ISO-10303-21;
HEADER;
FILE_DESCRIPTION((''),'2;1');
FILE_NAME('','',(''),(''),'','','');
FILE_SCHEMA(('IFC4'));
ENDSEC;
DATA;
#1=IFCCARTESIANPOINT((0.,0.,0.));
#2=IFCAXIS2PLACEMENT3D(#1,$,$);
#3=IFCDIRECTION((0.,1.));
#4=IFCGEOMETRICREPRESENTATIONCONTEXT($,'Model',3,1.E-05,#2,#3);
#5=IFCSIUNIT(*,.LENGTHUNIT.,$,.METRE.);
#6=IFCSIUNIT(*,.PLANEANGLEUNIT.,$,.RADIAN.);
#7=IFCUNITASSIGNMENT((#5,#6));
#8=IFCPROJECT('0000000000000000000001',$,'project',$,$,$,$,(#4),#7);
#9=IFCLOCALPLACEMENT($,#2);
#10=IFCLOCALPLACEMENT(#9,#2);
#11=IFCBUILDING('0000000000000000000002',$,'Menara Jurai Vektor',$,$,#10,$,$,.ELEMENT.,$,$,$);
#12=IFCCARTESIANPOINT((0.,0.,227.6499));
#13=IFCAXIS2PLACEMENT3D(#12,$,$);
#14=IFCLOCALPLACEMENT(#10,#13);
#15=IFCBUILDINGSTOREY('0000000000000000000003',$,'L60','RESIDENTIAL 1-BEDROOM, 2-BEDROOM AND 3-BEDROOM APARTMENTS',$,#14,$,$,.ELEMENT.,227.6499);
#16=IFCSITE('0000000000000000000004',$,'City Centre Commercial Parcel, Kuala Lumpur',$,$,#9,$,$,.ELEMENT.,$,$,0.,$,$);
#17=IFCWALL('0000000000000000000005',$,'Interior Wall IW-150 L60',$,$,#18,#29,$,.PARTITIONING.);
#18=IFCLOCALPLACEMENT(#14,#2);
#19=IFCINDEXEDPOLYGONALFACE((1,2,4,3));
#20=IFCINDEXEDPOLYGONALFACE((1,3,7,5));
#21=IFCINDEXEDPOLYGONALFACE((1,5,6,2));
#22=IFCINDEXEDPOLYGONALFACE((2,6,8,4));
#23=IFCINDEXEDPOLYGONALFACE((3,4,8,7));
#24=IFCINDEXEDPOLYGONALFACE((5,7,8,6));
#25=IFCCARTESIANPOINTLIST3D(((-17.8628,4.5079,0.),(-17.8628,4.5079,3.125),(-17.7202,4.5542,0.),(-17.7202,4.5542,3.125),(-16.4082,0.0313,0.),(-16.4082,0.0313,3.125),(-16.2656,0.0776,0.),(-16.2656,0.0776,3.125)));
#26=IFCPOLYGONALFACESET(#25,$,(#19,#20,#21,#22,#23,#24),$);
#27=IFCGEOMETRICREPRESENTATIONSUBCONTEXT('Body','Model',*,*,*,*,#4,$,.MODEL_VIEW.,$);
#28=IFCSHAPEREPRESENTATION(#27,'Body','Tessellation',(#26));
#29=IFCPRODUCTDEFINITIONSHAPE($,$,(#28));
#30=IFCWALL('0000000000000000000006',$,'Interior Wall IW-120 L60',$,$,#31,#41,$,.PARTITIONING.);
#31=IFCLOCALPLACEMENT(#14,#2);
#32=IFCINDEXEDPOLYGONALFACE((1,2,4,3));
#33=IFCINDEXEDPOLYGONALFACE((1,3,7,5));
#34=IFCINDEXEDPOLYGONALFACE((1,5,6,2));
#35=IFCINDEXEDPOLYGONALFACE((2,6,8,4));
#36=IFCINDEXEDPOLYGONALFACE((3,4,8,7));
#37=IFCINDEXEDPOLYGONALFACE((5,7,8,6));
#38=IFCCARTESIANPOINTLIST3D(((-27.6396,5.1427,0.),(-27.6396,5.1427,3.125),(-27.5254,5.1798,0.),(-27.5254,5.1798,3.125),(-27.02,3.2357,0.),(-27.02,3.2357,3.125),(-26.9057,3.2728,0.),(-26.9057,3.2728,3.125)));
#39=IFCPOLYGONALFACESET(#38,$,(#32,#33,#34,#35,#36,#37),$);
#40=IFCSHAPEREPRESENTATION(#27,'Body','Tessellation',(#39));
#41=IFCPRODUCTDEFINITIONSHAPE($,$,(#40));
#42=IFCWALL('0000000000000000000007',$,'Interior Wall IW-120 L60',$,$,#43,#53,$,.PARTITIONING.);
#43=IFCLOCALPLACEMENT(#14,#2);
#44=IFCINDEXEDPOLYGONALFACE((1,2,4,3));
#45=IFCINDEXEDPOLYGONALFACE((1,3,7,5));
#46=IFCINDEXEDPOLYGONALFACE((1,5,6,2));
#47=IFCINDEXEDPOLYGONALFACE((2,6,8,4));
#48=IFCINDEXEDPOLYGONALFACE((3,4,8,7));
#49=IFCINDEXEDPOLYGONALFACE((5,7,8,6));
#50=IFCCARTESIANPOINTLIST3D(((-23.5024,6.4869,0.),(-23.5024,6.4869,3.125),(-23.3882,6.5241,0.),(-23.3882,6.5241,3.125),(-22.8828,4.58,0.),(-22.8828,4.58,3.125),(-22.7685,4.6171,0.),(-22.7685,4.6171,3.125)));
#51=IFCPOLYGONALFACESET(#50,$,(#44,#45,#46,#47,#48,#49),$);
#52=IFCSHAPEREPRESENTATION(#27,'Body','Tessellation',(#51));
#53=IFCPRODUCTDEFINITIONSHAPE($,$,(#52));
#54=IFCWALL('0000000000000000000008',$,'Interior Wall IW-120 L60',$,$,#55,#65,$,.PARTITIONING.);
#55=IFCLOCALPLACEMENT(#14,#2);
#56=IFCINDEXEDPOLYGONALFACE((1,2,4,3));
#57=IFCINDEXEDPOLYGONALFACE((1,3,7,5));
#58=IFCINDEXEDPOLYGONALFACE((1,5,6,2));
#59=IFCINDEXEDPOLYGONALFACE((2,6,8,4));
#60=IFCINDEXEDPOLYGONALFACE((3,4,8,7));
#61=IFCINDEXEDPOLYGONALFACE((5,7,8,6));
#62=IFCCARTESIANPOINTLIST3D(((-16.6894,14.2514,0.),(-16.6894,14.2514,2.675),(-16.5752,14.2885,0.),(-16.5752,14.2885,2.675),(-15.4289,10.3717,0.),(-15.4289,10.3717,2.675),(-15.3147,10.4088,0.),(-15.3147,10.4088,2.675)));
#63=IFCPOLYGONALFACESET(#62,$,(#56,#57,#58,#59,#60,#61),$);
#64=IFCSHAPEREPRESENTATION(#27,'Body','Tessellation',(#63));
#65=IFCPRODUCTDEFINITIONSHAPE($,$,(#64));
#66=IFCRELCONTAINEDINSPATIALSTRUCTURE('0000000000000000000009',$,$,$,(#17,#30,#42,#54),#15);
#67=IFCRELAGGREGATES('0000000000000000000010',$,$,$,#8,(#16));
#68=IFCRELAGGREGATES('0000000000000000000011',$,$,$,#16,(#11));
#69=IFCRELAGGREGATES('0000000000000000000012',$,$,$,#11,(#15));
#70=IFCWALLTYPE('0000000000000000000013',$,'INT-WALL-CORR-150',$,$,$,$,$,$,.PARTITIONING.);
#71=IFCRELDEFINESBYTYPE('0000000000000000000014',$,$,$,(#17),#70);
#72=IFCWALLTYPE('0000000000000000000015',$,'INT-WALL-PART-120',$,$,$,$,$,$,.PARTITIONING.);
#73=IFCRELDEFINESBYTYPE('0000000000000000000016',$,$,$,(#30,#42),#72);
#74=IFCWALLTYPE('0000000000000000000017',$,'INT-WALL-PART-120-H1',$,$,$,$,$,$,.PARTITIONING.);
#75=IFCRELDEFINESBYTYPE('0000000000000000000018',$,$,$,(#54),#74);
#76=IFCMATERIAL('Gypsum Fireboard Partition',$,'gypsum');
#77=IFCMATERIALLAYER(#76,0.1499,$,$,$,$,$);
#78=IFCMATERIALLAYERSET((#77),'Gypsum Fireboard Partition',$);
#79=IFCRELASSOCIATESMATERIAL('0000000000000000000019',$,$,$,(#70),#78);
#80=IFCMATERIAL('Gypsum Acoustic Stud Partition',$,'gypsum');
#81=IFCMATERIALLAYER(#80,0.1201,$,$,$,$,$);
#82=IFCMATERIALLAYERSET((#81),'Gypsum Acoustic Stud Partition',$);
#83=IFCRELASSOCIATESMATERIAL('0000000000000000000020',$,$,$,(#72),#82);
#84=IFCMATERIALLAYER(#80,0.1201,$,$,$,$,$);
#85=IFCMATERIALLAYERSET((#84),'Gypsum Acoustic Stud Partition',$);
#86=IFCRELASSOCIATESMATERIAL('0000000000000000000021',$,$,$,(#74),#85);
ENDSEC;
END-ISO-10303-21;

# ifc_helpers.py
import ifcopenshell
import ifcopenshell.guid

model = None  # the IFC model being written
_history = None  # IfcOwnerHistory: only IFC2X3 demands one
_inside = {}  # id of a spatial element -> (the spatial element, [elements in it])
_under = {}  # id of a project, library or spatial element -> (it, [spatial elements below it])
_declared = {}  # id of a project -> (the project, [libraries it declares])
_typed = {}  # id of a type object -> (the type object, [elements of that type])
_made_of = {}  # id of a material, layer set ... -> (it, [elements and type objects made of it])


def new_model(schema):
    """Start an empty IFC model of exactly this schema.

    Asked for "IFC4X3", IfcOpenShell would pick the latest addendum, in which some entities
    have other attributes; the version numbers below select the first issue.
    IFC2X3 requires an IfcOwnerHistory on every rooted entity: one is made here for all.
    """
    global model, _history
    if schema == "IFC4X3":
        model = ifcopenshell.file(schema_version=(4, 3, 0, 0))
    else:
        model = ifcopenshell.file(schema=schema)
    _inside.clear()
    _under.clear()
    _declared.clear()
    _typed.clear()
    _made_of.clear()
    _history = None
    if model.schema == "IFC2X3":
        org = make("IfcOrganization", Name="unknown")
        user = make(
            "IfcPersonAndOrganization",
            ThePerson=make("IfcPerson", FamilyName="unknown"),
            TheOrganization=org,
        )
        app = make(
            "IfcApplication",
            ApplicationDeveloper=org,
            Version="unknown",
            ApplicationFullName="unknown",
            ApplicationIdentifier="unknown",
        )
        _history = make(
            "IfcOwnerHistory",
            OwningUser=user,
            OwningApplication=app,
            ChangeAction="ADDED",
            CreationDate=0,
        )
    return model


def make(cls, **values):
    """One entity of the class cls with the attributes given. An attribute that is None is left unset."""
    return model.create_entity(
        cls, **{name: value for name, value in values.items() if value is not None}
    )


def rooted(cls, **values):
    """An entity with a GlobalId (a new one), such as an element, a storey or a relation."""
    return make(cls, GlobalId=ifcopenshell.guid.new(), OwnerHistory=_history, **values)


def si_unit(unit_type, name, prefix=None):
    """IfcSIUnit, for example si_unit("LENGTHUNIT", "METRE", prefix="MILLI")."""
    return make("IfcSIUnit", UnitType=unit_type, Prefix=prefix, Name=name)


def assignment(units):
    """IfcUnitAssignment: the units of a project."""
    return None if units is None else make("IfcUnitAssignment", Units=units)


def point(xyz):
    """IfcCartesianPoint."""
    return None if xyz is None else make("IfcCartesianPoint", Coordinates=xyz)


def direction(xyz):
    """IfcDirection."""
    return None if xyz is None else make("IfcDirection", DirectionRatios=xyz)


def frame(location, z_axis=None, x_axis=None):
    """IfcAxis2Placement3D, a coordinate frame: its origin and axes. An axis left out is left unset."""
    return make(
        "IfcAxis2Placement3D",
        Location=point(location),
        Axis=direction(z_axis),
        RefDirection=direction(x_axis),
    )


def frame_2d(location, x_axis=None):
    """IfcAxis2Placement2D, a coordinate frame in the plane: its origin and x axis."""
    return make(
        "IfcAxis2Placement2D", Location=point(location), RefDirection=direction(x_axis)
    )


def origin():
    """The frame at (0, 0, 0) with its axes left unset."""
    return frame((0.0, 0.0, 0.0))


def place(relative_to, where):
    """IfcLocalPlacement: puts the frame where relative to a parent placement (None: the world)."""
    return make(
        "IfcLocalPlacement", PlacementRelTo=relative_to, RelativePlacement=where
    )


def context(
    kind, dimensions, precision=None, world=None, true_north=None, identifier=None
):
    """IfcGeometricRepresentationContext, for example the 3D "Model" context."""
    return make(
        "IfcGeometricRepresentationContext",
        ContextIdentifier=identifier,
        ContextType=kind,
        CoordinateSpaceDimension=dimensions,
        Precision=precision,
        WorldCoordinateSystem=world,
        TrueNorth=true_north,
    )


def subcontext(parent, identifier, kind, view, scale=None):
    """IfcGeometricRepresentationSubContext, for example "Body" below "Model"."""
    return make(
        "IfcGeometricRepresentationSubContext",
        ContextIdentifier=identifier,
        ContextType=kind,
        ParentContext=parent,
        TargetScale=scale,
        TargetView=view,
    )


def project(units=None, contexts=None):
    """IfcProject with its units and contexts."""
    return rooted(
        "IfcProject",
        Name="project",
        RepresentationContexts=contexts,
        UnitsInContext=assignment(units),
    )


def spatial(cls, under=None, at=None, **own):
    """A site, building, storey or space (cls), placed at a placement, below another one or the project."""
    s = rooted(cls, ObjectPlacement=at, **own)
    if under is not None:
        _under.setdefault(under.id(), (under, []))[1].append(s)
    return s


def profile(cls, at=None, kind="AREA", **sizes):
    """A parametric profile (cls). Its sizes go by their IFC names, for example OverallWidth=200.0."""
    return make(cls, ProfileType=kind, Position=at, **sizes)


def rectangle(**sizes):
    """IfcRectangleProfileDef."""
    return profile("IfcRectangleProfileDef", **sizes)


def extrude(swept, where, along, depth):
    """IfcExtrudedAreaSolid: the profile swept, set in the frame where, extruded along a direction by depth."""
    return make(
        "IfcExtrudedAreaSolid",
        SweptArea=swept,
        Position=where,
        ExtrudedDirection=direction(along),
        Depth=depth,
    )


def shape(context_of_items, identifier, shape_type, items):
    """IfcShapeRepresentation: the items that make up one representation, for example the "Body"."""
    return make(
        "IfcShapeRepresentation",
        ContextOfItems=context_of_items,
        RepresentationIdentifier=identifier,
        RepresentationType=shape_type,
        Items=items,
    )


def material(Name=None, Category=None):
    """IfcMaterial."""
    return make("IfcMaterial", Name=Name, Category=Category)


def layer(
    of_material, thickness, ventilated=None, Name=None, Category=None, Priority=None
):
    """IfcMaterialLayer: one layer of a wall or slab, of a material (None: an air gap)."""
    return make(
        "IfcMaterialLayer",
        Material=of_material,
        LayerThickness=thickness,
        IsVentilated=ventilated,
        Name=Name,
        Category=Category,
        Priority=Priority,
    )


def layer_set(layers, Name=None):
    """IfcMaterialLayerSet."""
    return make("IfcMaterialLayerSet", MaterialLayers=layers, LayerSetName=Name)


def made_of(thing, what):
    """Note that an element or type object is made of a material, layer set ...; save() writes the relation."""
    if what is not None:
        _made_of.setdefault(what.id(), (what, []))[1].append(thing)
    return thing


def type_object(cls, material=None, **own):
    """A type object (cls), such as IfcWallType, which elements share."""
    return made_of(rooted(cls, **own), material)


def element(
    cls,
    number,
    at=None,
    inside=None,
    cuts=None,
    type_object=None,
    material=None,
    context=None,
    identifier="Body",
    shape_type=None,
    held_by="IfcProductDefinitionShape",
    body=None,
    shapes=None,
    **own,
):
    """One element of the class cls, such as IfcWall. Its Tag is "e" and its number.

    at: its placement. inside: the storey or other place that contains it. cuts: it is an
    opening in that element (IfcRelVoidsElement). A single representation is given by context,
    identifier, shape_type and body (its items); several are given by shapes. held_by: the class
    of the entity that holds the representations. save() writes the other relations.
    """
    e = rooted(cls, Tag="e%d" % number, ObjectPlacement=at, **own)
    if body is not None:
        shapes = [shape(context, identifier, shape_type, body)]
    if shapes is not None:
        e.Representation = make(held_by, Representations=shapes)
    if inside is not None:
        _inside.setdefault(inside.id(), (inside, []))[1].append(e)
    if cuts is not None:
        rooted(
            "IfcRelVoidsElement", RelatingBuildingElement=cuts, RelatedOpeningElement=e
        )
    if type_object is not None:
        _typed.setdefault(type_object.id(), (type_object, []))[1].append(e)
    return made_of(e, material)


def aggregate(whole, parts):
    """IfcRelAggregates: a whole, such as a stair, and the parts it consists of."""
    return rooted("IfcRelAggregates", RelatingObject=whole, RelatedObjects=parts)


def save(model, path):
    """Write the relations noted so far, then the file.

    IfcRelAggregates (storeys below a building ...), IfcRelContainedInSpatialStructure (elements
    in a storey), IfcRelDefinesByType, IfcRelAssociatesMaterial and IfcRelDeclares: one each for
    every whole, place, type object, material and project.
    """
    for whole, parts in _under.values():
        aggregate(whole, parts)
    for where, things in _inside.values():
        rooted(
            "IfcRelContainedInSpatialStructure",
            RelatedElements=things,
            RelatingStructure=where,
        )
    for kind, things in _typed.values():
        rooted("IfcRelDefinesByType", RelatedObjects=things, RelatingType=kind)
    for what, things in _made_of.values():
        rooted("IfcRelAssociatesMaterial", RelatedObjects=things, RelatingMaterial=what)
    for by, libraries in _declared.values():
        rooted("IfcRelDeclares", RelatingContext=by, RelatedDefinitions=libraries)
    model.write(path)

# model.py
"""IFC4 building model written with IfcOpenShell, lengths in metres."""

from ifc_helpers import new_model, si_unit, direction, frame, frame_2d, origin, place, context, subcontext, project, spatial, rectangle, extrude, material, layer, layer_set, type_object, element, save


model = new_model("IFC4")

# Units and contexts
model_context = context("Model", 3, precision=1e-05, world=origin(), true_north=direction((0.0, 1.0)))
body_context = subcontext(model_context, "Body", "Model", "MODEL_VIEW")
ifc_project = project(units=[si_unit("LENGTHUNIT", "METRE"), si_unit("PLANEANGLEUNIT", "RADIAN")], contexts=[model_context])

# Site, building, storey
site_placement = place(None, origin())
site = spatial("IfcSite", under=ifc_project, at=site_placement, Name="City Centre Commercial Parcel, Kuala Lumpur", CompositionType="ELEMENT", RefElevation=0.0)
building_placement = place(site_placement, origin())
building = spatial("IfcBuilding", under=site, at=building_placement, Name="Menara Jurai Vektor", CompositionType="ELEMENT")
storey_placement = place(building_placement, frame((0.0, 0.0, 227.6499)))
storey = spatial("IfcBuildingStorey", under=building, at=storey_placement, Name="L60", Description="RESIDENTIAL 1-BEDROOM, 2-BEDROOM AND 3-BEDROOM APARTMENTS", CompositionType="ELEMENT", Elevation=227.6499)

# Shared definitions
ifc_material_1 = material(Name="Gypsum Fireboard Partition", Category="gypsum")
ifc_layer_1 = layer(ifc_material_1, 0.1499)
ifc_layer_set_1 = layer_set([ifc_layer_1], Name="Gypsum Fireboard Partition")
wall_type_1 = type_object("IfcWallType", Name="INT-WALL-CORR-150", PredefinedType="PARTITIONING", material=ifc_layer_set_1)

# Walls
wall_1_placement = place(storey_placement, frame((-16.3369, 0.0544, 0.0), z_axis=(0.0, 0.0, 1.0), x_axis=(-0.30903, 0.951052, 0.0)))
element("IfcWall", 1, at=wall_1_placement, inside=storey, type_object=wall_type_1, Name="Interior Wall IW-150 L60", PredefinedType="PARTITIONING", context=body_context, shape_type="SweptSolid", body=[
    extrude(rectangle(XDim=4.707, YDim=0.1499, at=frame_2d((2.3535, 0.0))), origin(), (0.0, 0.0, 1.0), 3.125),
])
ifc_material_2 = material(Name="Gypsum Acoustic Stud Partition", Category="gypsum")
ifc_layer_2 = layer(ifc_material_2, 0.1201)
ifc_layer_set_2 = layer_set([ifc_layer_2], Name="Gypsum Acoustic Stud Partition")
wall_type_2 = type_object("IfcWallType", Name="INT-WALL-PART-120", PredefinedType="PARTITIONING", material=ifc_layer_set_2)
for number, where, z_axis, x_axis, name in (
    (2, (-26.9629, 3.2544, 0.0), (0.0, 0.0, 1.0), (-0.309023, 0.951055, 0.0), "Interior Wall IW-120 L60"),
    (3, (-22.8257, 4.5986, 0.0), (0.0, 0.0, 1.0), (-0.309023, 0.951055, 0.0), "Interior Wall IW-120 L60"),
):
    element("IfcWall", number, at=place(storey_placement, frame(where, z_axis=z_axis, x_axis=x_axis)), inside=storey, type_object=wall_type_2, Name=name, PredefinedType="PARTITIONING", context=body_context, shape_type="SweptSolid", body=[
        extrude(rectangle(XDim=2.0051, YDim=0.1201, at=frame_2d((1.0024, 0.0))), origin(), (0.0, 0.0, 1.0), 3.125),
    ])
ifc_layer_3 = layer(ifc_material_2, 0.1201)
ifc_layer_set_3 = layer_set([ifc_layer_3], Name="Gypsum Acoustic Stud Partition")
wall_type_3 = type_object("IfcWallType", Name="INT-WALL-PART-120-H1", PredefinedType="PARTITIONING", material=ifc_layer_set_3)
wall_2_placement = place(storey_placement, frame((-15.3718, 10.3904, 0.0), z_axis=(0.0, 0.0, 1.0), x_axis=(-0.309001, 0.951062, 0.0)))
element("IfcWall", 4, at=wall_2_placement, inside=storey, type_object=wall_type_3, Name="Interior Wall IW-120 L60", PredefinedType="PARTITIONING", context=body_context, shape_type="SweptSolid", body=[
    extrude(rectangle(XDim=4.0793, YDim=0.1201, at=frame_2d((2.0396, 0.0))), origin(), (0.0, 0.0, 1.0), 2.675),
])

save(model, "model.ifc")
